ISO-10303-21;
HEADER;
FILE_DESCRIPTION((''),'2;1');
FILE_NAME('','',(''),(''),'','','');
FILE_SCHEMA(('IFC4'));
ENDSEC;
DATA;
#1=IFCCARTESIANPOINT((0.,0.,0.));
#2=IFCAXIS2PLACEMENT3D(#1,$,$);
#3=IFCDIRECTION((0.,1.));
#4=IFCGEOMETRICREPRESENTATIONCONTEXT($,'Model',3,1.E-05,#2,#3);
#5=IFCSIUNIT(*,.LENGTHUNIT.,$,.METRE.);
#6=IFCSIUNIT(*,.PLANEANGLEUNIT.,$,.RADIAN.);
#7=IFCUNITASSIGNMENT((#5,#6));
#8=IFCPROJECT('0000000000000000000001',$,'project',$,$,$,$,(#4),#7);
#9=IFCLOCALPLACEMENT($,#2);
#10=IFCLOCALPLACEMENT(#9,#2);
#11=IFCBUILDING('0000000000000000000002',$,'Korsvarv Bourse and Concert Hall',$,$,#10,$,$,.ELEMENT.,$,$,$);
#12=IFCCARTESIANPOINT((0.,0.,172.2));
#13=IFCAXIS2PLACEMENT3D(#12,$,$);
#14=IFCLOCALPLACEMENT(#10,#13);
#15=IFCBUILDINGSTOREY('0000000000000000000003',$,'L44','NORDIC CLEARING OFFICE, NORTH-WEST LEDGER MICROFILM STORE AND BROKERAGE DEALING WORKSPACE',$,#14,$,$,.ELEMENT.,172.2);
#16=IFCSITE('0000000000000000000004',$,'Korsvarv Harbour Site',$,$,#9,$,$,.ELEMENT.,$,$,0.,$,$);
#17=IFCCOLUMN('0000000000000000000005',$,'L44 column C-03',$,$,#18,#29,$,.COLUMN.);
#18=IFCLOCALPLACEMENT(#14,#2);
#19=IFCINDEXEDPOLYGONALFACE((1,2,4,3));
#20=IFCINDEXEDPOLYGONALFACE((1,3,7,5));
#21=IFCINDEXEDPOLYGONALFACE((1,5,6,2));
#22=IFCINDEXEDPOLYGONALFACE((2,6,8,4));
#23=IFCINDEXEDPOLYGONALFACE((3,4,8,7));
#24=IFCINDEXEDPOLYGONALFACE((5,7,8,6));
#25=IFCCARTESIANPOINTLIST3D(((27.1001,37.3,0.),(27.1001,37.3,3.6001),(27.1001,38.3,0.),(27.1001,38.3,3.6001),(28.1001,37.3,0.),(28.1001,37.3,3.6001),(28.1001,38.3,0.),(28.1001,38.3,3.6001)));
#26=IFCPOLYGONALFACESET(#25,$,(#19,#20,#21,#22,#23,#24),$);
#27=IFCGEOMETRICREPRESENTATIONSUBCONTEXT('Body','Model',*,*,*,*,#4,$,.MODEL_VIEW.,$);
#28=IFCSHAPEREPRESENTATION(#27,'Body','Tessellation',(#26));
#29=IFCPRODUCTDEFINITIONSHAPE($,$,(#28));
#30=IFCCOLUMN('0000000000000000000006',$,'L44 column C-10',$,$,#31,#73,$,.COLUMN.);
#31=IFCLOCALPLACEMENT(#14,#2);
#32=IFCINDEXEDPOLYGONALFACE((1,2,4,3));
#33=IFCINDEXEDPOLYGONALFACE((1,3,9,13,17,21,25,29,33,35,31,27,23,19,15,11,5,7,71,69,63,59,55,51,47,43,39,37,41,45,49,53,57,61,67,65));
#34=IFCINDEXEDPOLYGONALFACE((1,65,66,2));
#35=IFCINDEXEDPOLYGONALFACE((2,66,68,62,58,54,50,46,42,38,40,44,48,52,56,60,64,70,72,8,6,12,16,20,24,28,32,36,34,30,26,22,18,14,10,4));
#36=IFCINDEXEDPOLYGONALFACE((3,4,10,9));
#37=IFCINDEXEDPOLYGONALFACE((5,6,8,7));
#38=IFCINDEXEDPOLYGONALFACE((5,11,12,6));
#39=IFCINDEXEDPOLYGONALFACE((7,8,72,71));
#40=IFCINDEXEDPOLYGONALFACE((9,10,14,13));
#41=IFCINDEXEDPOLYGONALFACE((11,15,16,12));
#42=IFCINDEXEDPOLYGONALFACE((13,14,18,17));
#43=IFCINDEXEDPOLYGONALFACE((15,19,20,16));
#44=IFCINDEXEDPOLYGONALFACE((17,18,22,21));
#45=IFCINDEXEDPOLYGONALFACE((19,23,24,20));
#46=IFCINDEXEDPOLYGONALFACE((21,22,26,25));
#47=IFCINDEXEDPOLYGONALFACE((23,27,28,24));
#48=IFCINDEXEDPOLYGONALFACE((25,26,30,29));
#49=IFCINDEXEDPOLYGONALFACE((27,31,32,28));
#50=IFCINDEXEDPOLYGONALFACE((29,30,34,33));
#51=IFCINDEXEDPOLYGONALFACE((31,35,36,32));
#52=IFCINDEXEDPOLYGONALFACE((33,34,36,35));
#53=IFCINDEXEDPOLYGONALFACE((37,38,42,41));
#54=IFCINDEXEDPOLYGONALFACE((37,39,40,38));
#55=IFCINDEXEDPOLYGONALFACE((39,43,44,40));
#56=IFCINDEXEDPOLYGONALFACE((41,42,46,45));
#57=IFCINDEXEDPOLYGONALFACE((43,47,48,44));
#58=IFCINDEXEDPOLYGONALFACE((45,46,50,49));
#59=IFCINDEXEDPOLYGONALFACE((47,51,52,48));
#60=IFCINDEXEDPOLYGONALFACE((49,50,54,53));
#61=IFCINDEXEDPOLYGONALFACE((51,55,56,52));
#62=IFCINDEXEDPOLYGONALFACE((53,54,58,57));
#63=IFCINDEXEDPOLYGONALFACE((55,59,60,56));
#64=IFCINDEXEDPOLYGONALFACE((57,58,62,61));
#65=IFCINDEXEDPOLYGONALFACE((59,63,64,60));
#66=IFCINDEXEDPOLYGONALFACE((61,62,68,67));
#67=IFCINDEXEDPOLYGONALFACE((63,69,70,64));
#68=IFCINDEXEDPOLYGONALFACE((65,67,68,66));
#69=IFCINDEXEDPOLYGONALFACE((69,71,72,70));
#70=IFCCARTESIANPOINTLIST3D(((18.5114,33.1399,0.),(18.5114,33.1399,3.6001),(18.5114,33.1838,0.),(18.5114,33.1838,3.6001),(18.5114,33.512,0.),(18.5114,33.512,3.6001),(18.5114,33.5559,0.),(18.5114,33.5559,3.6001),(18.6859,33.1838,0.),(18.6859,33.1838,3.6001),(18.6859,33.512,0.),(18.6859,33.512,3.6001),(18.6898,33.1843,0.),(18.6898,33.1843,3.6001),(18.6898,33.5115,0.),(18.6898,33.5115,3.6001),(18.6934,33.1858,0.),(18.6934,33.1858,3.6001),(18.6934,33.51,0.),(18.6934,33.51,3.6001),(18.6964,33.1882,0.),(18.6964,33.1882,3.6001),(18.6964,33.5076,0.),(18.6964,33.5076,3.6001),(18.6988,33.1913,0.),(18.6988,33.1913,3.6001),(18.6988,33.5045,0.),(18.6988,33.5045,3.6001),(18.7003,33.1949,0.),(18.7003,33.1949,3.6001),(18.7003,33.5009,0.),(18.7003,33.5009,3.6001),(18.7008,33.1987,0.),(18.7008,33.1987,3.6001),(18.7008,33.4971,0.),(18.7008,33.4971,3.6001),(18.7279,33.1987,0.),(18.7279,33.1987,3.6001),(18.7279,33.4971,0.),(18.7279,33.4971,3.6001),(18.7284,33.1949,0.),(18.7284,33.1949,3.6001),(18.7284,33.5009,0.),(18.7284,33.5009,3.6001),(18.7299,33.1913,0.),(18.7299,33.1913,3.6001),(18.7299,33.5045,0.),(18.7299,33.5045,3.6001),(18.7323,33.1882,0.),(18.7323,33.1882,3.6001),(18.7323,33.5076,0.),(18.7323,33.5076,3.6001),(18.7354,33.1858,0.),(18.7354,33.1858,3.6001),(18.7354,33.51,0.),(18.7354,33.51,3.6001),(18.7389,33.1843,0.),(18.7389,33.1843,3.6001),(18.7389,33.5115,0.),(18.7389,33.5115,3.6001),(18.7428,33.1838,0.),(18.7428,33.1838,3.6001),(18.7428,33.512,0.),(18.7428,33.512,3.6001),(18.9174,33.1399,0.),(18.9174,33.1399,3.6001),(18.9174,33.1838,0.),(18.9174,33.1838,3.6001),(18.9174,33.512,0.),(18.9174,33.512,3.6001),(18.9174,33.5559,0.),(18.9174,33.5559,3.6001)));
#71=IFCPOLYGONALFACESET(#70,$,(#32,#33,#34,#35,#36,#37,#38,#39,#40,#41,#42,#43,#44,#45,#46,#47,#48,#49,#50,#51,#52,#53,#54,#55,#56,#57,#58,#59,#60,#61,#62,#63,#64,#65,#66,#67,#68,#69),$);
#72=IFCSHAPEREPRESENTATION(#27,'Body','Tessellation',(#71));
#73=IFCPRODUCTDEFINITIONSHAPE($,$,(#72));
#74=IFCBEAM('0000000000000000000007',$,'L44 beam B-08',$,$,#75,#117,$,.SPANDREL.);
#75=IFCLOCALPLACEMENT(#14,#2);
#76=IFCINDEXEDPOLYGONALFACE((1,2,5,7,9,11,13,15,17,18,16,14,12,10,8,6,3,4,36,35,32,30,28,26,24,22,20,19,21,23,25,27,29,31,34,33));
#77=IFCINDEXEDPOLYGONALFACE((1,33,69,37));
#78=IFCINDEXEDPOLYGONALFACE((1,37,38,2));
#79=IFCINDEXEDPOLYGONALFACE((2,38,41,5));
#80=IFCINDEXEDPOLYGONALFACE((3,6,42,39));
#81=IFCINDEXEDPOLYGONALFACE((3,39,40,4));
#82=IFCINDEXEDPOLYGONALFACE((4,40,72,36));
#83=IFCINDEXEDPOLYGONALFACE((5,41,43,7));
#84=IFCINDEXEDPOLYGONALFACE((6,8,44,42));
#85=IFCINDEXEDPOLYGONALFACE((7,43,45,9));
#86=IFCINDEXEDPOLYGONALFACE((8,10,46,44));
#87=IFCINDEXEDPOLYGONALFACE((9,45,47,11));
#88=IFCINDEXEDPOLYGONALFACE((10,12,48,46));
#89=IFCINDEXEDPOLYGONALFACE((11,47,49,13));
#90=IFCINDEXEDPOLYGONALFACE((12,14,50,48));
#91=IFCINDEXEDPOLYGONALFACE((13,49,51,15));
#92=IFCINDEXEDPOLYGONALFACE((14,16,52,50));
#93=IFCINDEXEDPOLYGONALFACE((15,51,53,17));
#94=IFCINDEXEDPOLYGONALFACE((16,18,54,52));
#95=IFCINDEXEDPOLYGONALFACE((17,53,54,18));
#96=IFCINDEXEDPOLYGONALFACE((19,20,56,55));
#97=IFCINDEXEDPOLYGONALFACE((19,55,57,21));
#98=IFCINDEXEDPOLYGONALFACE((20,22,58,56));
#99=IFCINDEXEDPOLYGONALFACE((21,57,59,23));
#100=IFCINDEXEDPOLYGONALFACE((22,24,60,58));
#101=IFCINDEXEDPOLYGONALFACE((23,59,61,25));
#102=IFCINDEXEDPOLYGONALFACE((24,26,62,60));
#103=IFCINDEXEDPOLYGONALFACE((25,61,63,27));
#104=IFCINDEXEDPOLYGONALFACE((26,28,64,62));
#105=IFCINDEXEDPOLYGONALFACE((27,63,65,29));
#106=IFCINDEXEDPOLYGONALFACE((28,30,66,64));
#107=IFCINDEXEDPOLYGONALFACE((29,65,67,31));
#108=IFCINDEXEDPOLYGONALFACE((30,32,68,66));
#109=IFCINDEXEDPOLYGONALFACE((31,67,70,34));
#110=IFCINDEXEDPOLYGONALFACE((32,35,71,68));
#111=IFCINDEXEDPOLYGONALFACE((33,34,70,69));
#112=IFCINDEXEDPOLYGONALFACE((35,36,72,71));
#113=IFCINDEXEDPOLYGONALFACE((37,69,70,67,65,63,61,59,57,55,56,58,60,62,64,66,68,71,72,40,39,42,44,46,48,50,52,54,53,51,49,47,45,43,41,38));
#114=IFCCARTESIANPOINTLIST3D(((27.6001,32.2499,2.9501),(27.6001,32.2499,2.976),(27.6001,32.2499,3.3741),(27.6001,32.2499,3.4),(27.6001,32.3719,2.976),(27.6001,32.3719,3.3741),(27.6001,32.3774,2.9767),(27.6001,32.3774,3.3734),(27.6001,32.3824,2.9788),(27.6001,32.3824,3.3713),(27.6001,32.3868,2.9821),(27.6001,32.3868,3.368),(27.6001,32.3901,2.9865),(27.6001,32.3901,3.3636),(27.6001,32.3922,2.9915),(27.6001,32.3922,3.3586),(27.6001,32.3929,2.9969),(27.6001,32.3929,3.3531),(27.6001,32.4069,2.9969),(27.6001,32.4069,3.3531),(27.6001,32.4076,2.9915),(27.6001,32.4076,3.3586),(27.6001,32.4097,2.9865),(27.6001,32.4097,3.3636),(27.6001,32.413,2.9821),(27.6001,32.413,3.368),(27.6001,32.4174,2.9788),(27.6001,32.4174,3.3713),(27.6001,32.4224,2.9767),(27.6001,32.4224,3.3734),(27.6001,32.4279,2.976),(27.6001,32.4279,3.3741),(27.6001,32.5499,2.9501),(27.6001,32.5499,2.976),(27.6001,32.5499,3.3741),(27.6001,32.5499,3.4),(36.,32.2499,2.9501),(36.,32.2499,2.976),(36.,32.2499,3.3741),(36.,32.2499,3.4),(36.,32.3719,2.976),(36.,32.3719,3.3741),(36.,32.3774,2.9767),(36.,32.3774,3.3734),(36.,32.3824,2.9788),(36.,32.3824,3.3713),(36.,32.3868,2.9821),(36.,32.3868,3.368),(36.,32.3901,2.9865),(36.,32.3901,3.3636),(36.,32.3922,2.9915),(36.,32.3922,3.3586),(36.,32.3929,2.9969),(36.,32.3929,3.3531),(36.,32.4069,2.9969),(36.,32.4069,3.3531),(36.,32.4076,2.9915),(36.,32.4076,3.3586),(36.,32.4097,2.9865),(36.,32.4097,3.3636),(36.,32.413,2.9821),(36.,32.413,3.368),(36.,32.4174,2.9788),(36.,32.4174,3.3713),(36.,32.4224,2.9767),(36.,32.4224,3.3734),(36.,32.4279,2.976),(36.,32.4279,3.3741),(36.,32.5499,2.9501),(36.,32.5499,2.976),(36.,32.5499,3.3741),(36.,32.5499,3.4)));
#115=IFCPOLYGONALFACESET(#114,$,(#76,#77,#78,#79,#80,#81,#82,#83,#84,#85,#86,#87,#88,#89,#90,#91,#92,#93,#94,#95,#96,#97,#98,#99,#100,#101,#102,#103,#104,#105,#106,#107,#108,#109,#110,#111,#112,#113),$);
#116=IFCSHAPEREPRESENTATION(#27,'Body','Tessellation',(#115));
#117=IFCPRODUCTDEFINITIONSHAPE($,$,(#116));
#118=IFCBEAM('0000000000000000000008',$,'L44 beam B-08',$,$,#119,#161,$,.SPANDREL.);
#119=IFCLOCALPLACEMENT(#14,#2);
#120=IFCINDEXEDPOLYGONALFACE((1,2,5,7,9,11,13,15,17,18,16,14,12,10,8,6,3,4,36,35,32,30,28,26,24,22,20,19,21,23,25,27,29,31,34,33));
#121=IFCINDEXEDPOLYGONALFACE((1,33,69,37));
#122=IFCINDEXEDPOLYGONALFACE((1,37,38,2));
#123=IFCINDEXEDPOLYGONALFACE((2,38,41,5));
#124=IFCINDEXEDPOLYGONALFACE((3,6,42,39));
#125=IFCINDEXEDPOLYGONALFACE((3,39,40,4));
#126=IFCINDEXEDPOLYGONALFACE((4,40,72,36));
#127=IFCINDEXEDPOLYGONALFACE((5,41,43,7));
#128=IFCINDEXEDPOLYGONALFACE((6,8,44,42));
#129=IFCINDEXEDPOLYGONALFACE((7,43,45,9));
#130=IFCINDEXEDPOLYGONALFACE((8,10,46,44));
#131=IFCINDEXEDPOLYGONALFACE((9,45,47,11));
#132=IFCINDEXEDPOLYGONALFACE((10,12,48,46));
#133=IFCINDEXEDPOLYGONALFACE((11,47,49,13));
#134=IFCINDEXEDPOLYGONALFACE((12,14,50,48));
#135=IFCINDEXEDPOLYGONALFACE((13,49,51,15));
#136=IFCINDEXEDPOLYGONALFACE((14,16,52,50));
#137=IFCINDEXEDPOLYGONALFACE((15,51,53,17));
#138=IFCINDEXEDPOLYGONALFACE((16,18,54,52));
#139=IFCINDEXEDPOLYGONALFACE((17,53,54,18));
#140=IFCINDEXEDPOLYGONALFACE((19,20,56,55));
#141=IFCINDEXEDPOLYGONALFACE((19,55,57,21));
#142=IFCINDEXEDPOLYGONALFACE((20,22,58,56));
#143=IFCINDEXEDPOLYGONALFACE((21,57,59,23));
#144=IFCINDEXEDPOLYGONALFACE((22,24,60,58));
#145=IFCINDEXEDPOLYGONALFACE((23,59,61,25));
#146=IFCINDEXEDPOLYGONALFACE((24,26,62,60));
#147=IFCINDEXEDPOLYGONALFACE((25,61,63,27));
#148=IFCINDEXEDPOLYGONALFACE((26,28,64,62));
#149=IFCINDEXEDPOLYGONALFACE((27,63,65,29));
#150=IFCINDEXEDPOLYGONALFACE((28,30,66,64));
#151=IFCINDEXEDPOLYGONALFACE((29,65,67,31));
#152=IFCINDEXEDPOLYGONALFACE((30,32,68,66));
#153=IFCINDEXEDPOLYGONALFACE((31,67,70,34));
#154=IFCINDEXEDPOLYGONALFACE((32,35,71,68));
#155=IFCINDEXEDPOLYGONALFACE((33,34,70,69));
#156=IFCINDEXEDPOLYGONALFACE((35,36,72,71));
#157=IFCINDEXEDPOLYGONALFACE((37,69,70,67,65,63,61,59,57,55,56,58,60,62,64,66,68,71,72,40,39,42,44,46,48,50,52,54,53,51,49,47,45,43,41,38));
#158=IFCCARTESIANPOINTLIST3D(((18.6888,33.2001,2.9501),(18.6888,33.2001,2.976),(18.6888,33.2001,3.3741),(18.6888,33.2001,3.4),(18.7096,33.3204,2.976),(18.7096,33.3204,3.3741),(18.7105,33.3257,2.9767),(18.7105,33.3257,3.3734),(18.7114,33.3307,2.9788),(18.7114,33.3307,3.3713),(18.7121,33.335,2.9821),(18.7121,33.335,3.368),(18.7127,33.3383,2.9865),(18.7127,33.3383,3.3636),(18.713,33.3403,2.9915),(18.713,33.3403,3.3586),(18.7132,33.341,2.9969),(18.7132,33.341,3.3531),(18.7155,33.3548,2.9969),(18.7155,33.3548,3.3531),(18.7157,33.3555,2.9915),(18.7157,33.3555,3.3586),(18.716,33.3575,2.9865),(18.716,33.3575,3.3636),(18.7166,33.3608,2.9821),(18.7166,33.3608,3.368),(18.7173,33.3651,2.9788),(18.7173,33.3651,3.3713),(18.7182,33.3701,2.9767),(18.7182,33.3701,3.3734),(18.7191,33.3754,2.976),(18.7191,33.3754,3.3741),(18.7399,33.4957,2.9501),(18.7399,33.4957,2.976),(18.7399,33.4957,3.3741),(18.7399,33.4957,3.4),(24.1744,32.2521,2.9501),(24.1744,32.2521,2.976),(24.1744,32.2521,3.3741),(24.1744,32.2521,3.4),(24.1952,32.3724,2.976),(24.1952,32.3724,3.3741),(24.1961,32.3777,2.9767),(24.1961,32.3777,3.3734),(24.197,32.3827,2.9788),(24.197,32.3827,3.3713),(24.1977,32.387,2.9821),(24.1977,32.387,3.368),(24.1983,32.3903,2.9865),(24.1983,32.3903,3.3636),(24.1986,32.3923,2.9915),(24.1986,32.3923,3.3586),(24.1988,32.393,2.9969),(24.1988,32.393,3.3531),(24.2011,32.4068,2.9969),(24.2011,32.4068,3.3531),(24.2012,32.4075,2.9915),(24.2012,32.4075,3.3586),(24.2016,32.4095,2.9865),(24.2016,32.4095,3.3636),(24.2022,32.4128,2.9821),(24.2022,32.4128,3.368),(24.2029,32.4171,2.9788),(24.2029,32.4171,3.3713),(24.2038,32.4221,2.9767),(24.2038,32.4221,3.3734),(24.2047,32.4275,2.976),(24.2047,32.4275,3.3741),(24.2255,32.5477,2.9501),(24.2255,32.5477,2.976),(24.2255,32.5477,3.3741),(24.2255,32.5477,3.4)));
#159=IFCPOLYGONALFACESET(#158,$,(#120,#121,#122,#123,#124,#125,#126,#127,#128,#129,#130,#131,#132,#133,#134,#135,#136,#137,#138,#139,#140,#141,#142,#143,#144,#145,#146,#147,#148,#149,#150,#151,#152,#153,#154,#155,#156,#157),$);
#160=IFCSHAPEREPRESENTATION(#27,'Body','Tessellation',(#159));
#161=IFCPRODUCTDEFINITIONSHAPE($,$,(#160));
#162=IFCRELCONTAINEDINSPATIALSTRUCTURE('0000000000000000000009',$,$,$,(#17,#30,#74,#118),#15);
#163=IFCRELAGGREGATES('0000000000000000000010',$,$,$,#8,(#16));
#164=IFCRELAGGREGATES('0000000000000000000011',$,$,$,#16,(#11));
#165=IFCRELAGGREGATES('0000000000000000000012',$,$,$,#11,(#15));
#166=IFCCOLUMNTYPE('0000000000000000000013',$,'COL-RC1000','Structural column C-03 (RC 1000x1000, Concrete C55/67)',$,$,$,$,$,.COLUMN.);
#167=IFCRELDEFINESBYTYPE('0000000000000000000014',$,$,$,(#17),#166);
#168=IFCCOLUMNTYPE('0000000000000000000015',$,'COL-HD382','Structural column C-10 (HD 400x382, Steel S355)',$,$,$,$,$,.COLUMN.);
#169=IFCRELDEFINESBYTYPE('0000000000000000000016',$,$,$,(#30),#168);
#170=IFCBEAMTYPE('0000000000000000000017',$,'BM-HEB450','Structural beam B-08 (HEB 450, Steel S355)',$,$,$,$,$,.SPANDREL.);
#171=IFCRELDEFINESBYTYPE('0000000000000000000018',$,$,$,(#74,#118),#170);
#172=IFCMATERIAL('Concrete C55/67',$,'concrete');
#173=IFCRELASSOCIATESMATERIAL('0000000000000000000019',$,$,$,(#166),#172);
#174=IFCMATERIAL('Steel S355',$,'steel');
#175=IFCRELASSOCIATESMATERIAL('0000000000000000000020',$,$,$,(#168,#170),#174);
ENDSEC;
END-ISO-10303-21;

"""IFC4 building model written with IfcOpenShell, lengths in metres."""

from ifc_helpers import new_model, si_unit, direction, frame, origin, origin_2d, place, context, subcontext, project, spatial, rectangle, i_section, extrude, source, transform, mapped, material, material_profile, profile_set, type_object, element, save


model = new_model("IFC4")

# Units and contexts
model_context = context("Model", 3, precision=1e-05, world=origin(), true_north=direction((0.0, 1.0)))
body_context = subcontext(model_context, "Body", "Model", "MODEL_VIEW")
ifc_project = project(units=[si_unit("LENGTHUNIT", "METRE"), si_unit("PLANEANGLEUNIT", "RADIAN")], contexts=[model_context])

# Site, building, storey
site_placement = place(None, origin())
site = spatial("IfcSite", under=ifc_project, at=site_placement, Name="Korsvarv Harbour Site", CompositionType="ELEMENT", RefElevation=0.0)
building_placement = place(site_placement, origin())
building = spatial("IfcBuilding", under=site, at=building_placement, Name="Korsvarv Bourse and Concert Hall", CompositionType="ELEMENT")
storey_placement = place(building_placement, frame((0.0, 0.0, 172.2)))
storey = spatial("IfcBuildingStorey", under=building, at=storey_placement, Name="L44", Description="NORDIC CLEARING OFFICE, NORTH-WEST LEDGER MICROFILM STORE AND BROKERAGE DEALING WORKSPACE", CompositionType="ELEMENT", Elevation=172.2)

# Columns
ifc_material_1 = material(Name="Concrete C55/67", Category="concrete")
ifc_material_profile_1 = material_profile(ifc_material_1, rectangle(XDim=1.0, YDim=1.0, at=origin_2d()), Name="RC 1000x1000")
ifc_profile_set_1 = profile_set([ifc_material_profile_1], Name="Concrete C55/67")
column_type_1 = type_object("IfcColumnType", Name="COL-RC1000", Description="Structural column C-03 (RC 1000x1000, Concrete C55/67)", PredefinedType="COLUMN", material=ifc_profile_set_1)
shared_shape_1 = source(origin(), body_context, "Body", "SweptSolid", [
    extrude(rectangle(XDim=1.0, YDim=1.0, at=origin_2d()), origin(), (0.0, 0.0, 1.0), 3.6001),
])
column_1_placement = place(storey_placement, frame((27.6001, 37.8, 0.0), z_axis=(0.0, 0.0, 1.0), x_axis=(1.0, 0.0, 0.0)))
element("IfcColumn", 1, at=column_1_placement, inside=storey, type_object=column_type_1, Name="L44 column C-03", PredefinedType="COLUMN", context=body_context, shape_type="MappedRepresentation", body=[
    mapped(shared_shape_1, transform((0.0, 0.0, 0.0), scale=1.0)),
])
ifc_material_2 = material(Name="Steel S355", Category="steel")
ifc_material_profile_2 = material_profile(ifc_material_2, i_section(OverallWidth=0.406, OverallDepth=0.416, WebThickness=0.0271, FlangeThickness=0.0439, FilletRadius=0.0149, at=origin_2d()), Name="HD 400x382")
ifc_profile_set_2 = profile_set([ifc_material_profile_2], Name="Steel S355")
column_type_2 = type_object("IfcColumnType", Name="COL-HD382", Description="Structural column C-10 (HD 400x382, Steel S355)", PredefinedType="COLUMN", material=ifc_profile_set_2)
shared_shape_2 = source(origin(), body_context, "Body", "SweptSolid", [
    extrude(i_section(OverallWidth=0.406, OverallDepth=0.416, WebThickness=0.0271, FlangeThickness=0.0439, FilletRadius=0.0149, at=origin_2d()), origin(), (0.0, 0.0, 1.0), 3.6001),
])
column_2_placement = place(storey_placement, frame((18.7144, 33.3479, 0.0), z_axis=(0.0, 0.0, 1.0), x_axis=(1.0, 0.0, 0.0)))
element("IfcColumn", 2, at=column_2_placement, inside=storey, type_object=column_type_2, Name="L44 column C-10", PredefinedType="COLUMN", context=body_context, shape_type="MappedRepresentation", body=[
    mapped(shared_shape_2, transform((0.0, 0.0, 0.0), scale=1.0)),
])

# Beams
ifc_material_profile_3 = material_profile(ifc_material_2, i_section(OverallWidth=0.3, OverallDepth=0.45, WebThickness=0.0139, FlangeThickness=0.0259, FilletRadius=0.021, at=origin_2d()), Name="HEB 450")
ifc_profile_set_3 = profile_set([ifc_material_profile_3], Name="Steel S355")
beam_type_1 = type_object("IfcBeamType", Name="BM-HEB450", Description="Structural beam B-08 (HEB 450, Steel S355)", PredefinedType="SPANDREL", material=ifc_profile_set_3)
shared_shape_3 = source(origin(), body_context, "Body", "SweptSolid", [
    extrude(i_section(OverallWidth=0.3, OverallDepth=0.45, WebThickness=0.0139, FlangeThickness=0.0259, FilletRadius=0.021, at=origin_2d()), origin(), (0.0, 0.0, 1.0), 8.3999),
])
beam_1_placement = place(storey_placement, frame((27.6001, 32.3999, 3.175), z_axis=(1.0, 0.0, 0.0), x_axis=(0.0, 1.0, 0.0)))
element("IfcBeam", 3, at=beam_1_placement, inside=storey, type_object=beam_type_1, Name="L44 beam B-08", PredefinedType="SPANDREL", context=body_context, shape_type="MappedRepresentation", body=[
    mapped(shared_shape_3, transform((0.0, 0.0, 0.0), scale=1.0)),
])
shared_shape_4 = source(origin(), body_context, "Body", "SweptSolid", [
    extrude(i_section(OverallWidth=0.3, OverallDepth=0.45, WebThickness=0.0139, FlangeThickness=0.0259, FilletRadius=0.021, at=origin_2d()), origin(), (0.0, 0.0, 1.0), 5.5669),
])
beam_2_placement = place(storey_placement, frame((18.7144, 33.3479, 3.175), z_axis=(0.985394, -0.170292, 0.0), x_axis=(0.170292, 0.985394, 0.0)))
element("IfcBeam", 4, at=beam_2_placement, inside=storey, type_object=beam_type_1, Name="L44 beam B-08", PredefinedType="SPANDREL", context=body_context, shape_type="MappedRepresentation", body=[
    mapped(shared_shape_4, transform((0.0, 0.0, 0.0), scale=1.0)),
])

save(model, "model.ifc")
